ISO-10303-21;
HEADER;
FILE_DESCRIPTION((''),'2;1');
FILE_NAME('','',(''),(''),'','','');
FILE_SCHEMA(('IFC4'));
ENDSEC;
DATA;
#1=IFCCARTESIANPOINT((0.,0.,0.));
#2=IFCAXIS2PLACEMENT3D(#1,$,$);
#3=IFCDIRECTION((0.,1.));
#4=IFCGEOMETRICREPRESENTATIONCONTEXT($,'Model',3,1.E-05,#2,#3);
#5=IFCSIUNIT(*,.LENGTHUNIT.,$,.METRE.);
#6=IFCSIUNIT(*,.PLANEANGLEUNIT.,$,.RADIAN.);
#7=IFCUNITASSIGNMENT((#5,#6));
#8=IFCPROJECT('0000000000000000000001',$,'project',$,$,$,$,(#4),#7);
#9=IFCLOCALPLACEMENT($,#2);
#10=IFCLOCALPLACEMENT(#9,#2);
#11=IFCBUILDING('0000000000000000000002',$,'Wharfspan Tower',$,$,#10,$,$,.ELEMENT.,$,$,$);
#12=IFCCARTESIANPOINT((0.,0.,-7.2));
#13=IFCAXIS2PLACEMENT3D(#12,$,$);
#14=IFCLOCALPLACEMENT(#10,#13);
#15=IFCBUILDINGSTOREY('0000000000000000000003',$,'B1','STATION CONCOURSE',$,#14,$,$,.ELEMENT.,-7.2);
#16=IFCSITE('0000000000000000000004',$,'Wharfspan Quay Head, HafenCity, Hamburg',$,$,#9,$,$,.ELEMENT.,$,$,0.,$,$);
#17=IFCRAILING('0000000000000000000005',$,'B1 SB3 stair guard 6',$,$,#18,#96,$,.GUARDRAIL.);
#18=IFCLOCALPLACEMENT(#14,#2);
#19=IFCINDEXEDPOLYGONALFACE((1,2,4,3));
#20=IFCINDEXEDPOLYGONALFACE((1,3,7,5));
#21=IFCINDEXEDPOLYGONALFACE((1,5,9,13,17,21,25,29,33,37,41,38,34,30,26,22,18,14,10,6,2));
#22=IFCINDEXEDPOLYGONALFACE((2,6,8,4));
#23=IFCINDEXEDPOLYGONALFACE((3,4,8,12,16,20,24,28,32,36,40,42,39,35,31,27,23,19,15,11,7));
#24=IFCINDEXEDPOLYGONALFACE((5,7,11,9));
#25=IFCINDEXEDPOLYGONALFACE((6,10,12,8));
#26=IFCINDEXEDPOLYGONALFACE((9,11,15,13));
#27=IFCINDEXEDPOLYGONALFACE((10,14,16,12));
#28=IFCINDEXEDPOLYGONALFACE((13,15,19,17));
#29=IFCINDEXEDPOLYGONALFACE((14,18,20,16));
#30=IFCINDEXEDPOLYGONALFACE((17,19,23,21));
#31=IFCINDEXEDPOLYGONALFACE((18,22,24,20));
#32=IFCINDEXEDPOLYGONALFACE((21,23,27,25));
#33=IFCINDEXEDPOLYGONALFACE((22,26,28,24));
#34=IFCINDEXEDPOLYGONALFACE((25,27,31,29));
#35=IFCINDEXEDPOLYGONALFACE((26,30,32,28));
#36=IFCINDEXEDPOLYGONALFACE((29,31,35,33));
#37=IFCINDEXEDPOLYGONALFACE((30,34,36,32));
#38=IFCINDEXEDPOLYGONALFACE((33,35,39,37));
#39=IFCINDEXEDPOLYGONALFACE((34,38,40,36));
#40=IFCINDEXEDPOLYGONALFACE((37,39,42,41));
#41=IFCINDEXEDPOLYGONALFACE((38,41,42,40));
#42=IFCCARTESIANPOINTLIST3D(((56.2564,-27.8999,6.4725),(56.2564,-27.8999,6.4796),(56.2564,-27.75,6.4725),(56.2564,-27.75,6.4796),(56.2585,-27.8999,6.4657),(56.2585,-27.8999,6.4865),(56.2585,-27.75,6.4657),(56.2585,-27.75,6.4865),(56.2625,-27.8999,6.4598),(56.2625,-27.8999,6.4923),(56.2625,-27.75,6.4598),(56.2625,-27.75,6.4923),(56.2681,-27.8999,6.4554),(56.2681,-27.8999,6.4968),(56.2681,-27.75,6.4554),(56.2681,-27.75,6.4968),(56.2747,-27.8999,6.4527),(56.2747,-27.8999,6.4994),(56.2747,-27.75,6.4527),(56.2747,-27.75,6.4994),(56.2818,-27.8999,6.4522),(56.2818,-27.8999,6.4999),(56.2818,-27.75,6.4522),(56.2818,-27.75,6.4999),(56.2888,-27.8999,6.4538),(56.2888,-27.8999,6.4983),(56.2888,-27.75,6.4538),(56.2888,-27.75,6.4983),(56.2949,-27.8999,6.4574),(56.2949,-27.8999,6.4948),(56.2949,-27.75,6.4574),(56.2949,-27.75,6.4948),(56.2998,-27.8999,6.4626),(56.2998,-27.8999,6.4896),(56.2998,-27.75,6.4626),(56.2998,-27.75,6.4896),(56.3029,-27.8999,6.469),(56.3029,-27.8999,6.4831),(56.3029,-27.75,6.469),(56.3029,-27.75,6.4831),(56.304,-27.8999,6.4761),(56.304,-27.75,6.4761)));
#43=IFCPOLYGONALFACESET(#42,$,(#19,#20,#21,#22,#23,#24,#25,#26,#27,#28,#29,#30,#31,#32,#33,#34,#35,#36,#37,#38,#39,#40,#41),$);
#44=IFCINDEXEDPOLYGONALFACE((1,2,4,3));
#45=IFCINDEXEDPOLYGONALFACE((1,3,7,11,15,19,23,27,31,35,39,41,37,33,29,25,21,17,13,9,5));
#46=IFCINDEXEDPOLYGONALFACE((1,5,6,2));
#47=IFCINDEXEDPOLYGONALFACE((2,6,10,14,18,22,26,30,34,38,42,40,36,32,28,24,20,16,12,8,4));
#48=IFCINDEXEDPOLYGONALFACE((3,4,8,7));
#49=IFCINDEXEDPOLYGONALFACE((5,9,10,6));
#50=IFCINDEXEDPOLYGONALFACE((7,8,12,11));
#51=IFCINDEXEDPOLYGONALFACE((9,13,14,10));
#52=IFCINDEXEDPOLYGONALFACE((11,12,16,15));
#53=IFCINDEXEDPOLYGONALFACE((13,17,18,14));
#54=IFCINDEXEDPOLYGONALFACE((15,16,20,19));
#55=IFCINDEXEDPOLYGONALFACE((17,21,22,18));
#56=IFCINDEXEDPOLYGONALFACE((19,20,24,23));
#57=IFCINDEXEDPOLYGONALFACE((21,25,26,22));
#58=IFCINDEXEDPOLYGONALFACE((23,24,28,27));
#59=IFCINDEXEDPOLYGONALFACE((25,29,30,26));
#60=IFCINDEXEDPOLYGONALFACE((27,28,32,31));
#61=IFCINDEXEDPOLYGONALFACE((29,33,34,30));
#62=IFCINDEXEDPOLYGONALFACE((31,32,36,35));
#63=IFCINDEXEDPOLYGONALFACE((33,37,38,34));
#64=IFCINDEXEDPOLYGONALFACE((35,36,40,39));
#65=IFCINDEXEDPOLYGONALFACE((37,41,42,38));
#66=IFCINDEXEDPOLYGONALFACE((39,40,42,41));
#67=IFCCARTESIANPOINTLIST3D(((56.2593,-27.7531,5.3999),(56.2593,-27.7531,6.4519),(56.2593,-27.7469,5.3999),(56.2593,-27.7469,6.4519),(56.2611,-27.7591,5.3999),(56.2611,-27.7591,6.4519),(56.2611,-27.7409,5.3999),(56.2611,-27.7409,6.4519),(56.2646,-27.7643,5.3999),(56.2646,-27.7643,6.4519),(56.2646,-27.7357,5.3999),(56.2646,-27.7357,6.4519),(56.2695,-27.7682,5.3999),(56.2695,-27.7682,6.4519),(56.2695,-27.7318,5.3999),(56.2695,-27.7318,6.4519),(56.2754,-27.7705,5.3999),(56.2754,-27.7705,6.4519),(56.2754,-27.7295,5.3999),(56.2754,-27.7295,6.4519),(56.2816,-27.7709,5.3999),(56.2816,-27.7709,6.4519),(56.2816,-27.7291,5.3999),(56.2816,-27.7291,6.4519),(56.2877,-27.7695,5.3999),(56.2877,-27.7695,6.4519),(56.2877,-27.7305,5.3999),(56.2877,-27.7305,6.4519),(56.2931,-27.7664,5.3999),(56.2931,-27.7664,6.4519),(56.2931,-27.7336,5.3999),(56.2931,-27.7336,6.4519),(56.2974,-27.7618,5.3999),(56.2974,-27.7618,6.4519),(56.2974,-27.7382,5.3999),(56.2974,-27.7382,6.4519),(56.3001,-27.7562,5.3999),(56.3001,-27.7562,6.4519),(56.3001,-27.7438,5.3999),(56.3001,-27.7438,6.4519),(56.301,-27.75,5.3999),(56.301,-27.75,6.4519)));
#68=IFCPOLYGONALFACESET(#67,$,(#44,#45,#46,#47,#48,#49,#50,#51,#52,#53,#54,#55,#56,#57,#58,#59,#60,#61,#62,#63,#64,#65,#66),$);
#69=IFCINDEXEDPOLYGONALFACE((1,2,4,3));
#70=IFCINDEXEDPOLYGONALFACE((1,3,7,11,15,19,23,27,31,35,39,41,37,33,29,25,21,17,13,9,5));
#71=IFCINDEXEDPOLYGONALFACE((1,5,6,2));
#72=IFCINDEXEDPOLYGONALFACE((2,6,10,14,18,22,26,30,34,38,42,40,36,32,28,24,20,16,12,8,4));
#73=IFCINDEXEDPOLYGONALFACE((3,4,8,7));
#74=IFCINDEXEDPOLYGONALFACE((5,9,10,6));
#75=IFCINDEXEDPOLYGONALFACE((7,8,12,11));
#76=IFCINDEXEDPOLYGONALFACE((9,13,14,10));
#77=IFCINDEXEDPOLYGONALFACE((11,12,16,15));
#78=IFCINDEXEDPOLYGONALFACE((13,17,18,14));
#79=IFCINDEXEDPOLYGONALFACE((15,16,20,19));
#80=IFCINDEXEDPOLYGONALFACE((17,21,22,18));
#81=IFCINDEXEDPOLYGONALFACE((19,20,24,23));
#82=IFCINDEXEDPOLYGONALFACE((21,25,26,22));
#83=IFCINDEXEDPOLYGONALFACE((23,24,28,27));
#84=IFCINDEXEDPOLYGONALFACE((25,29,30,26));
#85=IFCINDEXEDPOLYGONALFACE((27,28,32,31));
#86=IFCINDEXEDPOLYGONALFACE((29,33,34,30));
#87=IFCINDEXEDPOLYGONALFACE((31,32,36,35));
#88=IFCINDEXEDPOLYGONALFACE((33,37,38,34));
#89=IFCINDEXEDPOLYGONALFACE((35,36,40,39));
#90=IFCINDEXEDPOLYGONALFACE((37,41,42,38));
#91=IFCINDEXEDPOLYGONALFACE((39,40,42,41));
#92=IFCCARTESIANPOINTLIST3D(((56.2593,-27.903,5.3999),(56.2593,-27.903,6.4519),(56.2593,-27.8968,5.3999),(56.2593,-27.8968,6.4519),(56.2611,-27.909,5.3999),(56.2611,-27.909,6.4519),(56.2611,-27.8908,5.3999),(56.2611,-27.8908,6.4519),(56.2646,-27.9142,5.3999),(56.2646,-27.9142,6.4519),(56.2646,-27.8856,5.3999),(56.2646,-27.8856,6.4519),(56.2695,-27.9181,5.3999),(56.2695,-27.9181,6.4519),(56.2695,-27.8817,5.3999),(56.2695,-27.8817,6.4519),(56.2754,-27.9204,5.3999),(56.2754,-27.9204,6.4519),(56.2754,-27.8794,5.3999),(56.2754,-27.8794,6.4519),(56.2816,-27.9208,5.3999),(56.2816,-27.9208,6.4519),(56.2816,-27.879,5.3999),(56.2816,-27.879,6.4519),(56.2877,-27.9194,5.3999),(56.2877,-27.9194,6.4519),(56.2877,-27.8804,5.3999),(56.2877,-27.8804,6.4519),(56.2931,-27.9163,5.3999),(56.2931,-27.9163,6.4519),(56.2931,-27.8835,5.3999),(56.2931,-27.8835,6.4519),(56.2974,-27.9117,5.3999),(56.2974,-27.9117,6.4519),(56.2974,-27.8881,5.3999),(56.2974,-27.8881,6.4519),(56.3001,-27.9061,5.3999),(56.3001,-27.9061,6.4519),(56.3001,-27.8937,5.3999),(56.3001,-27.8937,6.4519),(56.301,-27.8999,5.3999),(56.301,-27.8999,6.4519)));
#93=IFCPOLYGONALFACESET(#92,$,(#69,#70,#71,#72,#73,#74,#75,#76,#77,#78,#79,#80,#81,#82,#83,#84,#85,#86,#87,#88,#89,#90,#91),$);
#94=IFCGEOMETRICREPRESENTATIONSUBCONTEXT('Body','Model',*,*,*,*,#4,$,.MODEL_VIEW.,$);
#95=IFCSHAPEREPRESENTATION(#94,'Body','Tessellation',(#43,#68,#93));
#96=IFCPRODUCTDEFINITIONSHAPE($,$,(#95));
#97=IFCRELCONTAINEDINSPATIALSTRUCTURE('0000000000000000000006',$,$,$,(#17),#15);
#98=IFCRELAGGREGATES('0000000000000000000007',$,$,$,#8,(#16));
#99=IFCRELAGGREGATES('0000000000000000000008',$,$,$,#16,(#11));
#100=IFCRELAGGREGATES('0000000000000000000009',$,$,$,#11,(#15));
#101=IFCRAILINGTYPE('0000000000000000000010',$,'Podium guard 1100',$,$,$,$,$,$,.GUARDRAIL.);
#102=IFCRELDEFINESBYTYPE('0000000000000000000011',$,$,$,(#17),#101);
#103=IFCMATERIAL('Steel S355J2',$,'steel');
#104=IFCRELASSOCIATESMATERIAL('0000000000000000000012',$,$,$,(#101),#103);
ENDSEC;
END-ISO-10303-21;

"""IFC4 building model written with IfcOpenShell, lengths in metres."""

from ifc_helpers import new_model, si_unit, direction, frame, origin, origin_2d, place, context, subcontext, project, spatial, circle, extrude, material, type_object, element, save


model = new_model("IFC4")

# Units and contexts
model_context = context("Model", 3, precision=1e-05, world=origin(), true_north=direction((0.0, 1.0)))
body_context = subcontext(model_context, "Body", "Model", "MODEL_VIEW")
ifc_project = project(units=[si_unit("LENGTHUNIT", "METRE"), si_unit("PLANEANGLEUNIT", "RADIAN")], contexts=[model_context])

# Site, building, storey
site_placement = place(None, origin())
site = spatial("IfcSite", under=ifc_project, at=site_placement, Name="Wharfspan Quay Head, HafenCity, Hamburg", CompositionType="ELEMENT", RefElevation=0.0)
building_placement = place(site_placement, origin())
building = spatial("IfcBuilding", under=site, at=building_placement, Name="Wharfspan Tower", CompositionType="ELEMENT")
storey_placement = place(building_placement, frame((0.0, 0.0, -7.2)))
storey = spatial("IfcBuildingStorey", under=building, at=storey_placement, Name="B1", Description="STATION CONCOURSE", CompositionType="ELEMENT", Elevation=-7.2)

# Railing
ifc_material_1 = material(Name="Steel S355J2", Category="steel")
railing_type_1 = type_object("IfcRailingType", Name="Podium guard 1100", PredefinedType="GUARDRAIL", material=ifc_material_1)
railing_1_placement = place(storey_placement, frame((56.28, -27.75, 5.3999)))
element("IfcRailing", 1, at=railing_1_placement, inside=storey, type_object=railing_type_1, Name="B1 SB3 stair guard 6", PredefinedType="GUARDRAIL", context=body_context, shape_type="SweptSolid", body=[
    extrude(circle(Radius=0.0239, at=origin_2d()), frame((0.0, 0.0, 1.0762), z_axis=(0.0, -1.0, 0.0), x_axis=(1.0, 0.0, 0.0)), (0.0, 0.0, 1.0), 0.1499),
    extrude(circle(Radius=0.021, at=origin_2d()), origin(), (0.0, 0.0, 1.0), 1.052),
    extrude(circle(Radius=0.021, at=origin_2d()), frame((0.0, -0.1499, 0.0)), (0.0, 0.0, 1.0), 1.052),
])

save(model, "model.ifc")
